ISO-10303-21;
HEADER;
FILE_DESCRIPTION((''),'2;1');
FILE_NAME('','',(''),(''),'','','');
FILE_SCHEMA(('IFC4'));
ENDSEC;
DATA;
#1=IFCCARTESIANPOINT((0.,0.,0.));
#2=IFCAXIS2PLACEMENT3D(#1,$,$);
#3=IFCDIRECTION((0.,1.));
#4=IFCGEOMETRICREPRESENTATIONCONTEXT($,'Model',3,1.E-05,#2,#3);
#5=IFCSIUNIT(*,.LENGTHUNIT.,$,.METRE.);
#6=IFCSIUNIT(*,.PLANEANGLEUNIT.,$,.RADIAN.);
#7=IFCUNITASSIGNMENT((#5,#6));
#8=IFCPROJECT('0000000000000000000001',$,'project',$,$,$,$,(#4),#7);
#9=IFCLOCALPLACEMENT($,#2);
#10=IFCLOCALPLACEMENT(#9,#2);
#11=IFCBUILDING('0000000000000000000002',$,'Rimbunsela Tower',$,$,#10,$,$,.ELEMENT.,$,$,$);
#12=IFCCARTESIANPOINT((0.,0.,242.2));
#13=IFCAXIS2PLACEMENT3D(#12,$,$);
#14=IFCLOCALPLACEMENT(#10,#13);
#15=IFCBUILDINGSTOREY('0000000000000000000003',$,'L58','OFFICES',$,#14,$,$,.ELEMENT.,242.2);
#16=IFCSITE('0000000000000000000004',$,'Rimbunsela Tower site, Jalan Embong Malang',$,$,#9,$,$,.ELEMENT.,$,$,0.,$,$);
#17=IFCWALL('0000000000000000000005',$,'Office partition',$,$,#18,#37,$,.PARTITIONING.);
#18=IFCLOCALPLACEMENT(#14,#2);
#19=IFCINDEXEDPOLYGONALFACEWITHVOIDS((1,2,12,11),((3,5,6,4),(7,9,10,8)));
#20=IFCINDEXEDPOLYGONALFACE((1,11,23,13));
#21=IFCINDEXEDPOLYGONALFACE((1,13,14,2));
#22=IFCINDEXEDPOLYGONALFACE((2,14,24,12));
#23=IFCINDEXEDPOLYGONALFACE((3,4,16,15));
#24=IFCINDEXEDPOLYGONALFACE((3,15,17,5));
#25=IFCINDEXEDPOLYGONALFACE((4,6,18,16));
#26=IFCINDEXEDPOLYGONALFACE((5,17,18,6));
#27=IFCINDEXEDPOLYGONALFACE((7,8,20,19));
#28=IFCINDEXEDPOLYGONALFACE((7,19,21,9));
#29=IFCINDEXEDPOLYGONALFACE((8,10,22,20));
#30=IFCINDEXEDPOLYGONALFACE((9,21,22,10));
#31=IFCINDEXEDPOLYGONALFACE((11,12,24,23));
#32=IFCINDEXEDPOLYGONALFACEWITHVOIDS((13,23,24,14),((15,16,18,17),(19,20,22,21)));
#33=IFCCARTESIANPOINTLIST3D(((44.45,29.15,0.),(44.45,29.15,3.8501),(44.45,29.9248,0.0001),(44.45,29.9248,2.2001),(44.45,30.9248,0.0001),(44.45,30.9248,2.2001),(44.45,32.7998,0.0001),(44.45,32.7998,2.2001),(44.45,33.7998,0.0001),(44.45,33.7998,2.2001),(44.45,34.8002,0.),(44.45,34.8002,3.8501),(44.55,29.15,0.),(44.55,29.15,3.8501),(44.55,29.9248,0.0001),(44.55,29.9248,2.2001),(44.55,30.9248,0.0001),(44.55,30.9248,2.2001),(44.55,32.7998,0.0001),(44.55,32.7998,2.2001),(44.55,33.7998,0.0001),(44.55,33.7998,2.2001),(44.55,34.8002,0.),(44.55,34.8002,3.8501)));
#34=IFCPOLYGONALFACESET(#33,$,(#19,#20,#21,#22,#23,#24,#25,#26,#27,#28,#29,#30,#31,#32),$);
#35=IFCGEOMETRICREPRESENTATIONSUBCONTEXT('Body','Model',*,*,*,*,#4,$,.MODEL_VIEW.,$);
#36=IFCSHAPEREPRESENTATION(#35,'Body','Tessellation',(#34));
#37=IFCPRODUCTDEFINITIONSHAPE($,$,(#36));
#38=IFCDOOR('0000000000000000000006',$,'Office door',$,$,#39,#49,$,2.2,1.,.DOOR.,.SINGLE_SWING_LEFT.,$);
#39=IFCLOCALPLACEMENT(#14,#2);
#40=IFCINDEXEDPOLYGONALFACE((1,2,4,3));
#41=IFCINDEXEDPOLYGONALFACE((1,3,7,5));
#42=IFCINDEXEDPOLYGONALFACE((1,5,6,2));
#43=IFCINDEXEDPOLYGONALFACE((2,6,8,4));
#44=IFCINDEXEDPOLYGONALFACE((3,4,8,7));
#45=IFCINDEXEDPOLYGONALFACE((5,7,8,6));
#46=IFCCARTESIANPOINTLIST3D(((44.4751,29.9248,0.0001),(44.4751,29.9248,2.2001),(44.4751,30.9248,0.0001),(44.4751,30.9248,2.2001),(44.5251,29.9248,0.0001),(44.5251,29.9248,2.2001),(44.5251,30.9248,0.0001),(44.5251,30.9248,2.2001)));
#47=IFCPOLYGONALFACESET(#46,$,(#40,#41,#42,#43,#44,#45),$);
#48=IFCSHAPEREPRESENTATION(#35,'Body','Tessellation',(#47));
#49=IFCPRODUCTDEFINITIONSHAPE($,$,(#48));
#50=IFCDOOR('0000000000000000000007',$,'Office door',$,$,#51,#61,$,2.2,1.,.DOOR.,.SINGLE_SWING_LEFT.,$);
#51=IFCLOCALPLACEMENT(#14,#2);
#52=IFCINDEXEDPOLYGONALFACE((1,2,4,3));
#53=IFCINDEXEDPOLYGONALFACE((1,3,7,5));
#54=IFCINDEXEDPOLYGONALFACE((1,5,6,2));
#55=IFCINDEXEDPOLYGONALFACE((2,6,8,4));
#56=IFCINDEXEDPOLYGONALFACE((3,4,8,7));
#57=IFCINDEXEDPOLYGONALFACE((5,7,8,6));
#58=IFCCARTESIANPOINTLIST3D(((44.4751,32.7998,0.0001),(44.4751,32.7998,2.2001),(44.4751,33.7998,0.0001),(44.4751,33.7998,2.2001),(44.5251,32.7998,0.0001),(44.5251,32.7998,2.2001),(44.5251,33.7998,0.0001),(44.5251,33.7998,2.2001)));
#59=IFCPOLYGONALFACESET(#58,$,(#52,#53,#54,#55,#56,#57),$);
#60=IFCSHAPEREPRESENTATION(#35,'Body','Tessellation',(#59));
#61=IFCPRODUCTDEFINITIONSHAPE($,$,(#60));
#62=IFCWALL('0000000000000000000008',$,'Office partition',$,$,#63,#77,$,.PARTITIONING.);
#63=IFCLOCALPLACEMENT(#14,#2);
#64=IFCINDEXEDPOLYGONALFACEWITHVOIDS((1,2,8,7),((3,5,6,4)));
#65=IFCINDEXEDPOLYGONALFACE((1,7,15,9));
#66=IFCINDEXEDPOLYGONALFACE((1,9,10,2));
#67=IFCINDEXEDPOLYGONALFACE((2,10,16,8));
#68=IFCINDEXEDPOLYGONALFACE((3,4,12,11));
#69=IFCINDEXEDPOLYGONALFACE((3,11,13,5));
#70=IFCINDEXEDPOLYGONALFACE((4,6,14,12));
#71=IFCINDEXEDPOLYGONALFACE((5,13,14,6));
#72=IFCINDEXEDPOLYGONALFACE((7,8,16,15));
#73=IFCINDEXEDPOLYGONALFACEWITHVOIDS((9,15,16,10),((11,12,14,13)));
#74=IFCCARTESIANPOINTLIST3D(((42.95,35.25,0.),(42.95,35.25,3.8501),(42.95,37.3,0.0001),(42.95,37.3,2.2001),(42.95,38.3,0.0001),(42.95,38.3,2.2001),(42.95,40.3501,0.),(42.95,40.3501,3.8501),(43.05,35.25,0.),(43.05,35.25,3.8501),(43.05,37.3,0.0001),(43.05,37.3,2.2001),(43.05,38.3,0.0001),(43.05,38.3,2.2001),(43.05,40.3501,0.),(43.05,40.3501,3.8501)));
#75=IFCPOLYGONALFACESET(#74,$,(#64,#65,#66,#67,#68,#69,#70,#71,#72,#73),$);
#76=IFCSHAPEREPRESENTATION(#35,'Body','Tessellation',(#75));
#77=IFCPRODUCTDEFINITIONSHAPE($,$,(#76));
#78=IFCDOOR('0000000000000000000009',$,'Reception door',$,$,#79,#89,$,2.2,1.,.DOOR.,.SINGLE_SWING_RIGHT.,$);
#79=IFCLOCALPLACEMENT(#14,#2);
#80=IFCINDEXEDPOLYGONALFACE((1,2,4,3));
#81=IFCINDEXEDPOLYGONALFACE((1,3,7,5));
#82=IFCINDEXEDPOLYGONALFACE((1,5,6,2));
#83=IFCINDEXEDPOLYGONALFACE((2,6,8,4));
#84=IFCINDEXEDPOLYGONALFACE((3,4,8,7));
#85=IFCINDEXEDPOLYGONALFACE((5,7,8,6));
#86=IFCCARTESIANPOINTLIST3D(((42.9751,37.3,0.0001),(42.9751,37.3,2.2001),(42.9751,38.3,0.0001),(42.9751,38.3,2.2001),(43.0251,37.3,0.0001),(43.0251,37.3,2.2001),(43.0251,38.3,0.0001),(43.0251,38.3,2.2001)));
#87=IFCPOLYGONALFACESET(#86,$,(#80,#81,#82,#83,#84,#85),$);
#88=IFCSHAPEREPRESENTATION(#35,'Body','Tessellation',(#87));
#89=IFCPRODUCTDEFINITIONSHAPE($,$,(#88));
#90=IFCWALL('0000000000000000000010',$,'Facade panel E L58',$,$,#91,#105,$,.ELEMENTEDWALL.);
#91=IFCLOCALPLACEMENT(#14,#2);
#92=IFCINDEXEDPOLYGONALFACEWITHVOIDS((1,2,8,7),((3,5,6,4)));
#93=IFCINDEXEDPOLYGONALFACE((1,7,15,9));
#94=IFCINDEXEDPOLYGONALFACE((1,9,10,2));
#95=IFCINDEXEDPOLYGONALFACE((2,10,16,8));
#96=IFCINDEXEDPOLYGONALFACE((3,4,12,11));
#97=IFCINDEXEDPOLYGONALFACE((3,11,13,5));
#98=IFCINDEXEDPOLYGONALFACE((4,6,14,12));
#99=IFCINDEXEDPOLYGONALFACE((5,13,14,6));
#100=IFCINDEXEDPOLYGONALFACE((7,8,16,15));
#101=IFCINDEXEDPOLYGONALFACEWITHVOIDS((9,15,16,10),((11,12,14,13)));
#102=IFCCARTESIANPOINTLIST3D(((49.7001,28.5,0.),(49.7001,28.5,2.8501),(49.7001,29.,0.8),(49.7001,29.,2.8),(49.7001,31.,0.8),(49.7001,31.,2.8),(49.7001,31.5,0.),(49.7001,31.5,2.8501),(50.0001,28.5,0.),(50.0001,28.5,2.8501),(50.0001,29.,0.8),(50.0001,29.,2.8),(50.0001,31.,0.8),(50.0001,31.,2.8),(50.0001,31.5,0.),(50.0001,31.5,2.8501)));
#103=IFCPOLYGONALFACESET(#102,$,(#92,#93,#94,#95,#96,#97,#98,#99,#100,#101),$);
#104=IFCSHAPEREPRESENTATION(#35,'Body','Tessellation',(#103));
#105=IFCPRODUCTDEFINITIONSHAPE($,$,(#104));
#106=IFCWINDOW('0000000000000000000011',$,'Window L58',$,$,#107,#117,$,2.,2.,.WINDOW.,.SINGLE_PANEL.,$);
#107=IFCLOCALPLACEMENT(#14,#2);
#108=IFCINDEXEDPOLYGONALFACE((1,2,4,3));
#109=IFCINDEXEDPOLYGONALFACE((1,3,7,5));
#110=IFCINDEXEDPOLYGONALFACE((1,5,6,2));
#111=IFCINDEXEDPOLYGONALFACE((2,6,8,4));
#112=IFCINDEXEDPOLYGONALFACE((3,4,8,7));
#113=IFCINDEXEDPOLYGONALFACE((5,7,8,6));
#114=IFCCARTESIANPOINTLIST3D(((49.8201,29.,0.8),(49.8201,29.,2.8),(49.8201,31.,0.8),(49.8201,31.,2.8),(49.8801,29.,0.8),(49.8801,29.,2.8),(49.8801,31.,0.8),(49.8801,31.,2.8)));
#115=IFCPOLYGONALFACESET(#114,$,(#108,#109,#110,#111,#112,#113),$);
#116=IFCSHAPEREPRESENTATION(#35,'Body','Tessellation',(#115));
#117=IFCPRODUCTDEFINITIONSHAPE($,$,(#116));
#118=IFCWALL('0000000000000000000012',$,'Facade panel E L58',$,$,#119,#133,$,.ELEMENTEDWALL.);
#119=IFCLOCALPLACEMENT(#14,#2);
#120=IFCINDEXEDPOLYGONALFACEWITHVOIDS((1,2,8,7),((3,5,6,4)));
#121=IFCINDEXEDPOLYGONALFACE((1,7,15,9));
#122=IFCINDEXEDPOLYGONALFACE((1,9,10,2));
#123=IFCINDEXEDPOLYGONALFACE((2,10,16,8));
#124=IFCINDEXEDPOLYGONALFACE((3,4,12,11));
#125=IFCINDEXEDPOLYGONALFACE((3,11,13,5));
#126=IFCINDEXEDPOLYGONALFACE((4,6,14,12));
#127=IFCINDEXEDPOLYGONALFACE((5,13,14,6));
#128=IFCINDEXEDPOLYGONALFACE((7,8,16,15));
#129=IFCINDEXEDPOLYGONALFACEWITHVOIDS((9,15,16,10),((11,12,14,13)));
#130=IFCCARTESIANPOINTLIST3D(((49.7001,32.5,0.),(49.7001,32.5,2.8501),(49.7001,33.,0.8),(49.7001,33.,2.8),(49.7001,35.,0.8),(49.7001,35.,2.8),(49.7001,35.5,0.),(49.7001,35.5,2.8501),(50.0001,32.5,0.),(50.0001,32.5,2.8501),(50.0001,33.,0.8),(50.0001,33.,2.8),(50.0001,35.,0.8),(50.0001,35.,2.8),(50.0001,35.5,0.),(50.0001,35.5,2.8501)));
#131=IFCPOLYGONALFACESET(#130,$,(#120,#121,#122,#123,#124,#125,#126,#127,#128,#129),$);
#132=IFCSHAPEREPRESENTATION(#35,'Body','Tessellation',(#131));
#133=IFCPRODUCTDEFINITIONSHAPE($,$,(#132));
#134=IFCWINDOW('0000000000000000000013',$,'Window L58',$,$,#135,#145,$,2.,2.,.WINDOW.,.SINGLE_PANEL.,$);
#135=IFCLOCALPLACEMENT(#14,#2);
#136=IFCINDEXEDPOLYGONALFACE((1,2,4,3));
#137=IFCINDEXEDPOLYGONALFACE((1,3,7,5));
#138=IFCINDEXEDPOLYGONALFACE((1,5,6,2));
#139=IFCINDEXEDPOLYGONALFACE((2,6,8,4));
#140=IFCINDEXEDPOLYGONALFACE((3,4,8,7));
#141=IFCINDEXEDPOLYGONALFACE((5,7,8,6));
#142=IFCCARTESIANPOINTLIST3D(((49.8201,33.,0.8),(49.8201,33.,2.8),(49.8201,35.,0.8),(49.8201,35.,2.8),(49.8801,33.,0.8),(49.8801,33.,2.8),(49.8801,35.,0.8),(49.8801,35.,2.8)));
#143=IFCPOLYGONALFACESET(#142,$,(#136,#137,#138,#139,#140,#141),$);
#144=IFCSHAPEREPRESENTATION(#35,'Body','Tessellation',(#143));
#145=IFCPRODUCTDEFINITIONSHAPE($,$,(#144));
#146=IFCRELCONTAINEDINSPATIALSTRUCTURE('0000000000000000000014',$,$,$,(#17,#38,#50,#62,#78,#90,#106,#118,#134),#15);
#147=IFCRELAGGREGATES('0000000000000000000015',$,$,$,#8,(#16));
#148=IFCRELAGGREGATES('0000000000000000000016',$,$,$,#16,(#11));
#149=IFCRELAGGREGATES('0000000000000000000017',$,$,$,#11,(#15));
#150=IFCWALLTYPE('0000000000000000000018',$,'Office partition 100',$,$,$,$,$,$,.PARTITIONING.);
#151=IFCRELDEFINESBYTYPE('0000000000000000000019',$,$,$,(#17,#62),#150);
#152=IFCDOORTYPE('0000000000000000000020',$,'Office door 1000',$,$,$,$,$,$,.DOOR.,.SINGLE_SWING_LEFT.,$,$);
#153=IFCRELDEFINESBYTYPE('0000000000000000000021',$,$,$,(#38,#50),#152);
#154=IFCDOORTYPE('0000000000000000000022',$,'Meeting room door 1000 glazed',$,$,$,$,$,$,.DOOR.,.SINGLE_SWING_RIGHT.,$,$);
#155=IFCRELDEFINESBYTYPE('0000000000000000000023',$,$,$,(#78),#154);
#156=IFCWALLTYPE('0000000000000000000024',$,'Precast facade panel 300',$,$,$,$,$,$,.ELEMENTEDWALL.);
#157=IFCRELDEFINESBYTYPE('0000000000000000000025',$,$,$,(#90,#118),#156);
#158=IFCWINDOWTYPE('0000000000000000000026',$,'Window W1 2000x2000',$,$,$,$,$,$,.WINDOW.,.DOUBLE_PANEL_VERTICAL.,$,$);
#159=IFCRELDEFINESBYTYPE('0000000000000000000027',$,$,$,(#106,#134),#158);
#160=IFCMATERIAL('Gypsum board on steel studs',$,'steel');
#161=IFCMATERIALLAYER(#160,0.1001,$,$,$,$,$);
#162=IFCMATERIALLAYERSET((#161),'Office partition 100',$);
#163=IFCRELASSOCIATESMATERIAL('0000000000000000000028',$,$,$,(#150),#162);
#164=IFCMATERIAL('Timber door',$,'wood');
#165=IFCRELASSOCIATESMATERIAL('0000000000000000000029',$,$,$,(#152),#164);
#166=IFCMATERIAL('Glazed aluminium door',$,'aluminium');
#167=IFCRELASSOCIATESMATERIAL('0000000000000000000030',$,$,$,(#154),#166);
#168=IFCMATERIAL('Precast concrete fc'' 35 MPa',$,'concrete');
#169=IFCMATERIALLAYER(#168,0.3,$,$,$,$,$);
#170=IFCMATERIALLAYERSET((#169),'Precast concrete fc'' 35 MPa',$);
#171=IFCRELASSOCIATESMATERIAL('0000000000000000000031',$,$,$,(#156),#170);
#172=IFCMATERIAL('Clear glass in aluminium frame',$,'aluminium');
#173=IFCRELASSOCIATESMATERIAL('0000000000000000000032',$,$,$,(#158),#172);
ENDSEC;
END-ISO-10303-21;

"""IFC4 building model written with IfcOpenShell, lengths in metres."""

from ifc_helpers import new_model, si_unit, direction, frame, frame_2d, origin, place, context, subcontext, project, spatial, rectangle, extrude, material, layer, layer_set, type_object, element, fill, save


model = new_model("IFC4")

# Units and contexts
model_context = context("Model", 3, precision=1e-05, world=origin(), true_north=direction((0.0, 1.0)))
body_context = subcontext(model_context, "Body", "Model", "MODEL_VIEW")
ifc_project = project(units=[si_unit("LENGTHUNIT", "METRE"), si_unit("PLANEANGLEUNIT", "RADIAN")], contexts=[model_context])

# Site, building, storey
site_placement = place(None, origin())
site = spatial("IfcSite", under=ifc_project, at=site_placement, Name="Rimbunsela Tower site, Jalan Embong Malang", CompositionType="ELEMENT", RefElevation=0.0)
building_placement = place(site_placement, origin())
building = spatial("IfcBuilding", under=site, at=building_placement, Name="Rimbunsela Tower", CompositionType="ELEMENT")
storey_placement = place(building_placement, frame((0.0, 0.0, 242.2)))
storey = spatial("IfcBuildingStorey", under=building, at=storey_placement, Name="L58", Description="OFFICES", CompositionType="ELEMENT", Elevation=242.2)

# Wall, openings, doors
ifc_material_1 = material(Name="Gypsum board on steel studs", Category="steel")
ifc_layer_1 = layer(ifc_material_1, 0.1001)
ifc_layer_set_1 = layer_set([ifc_layer_1], Name="Office partition 100")
wall_type_1 = type_object("IfcWallType", Name="Office partition 100", PredefinedType="PARTITIONING", material=ifc_layer_set_1)
wall_1_placement = place(storey_placement, frame((44.5, 29.1499, 0.0), z_axis=(0.0, 0.0, 1.0), x_axis=(0.0, 1.0, 0.0)))
wall_1 = element("IfcWall", 1, at=wall_1_placement, inside=storey, type_object=wall_type_1, Name="Office partition", PredefinedType="PARTITIONING", context=body_context, shape_type="SweptSolid", body=[
    extrude(rectangle(XDim=5.6501, YDim=0.1001, at=frame_2d((2.8252, 0.0))), origin(), (0.0, 0.0, 1.0), 3.8501),
])
opening_1_placement = place(wall_1_placement, frame((0.7749, 0.0, 0.0)))
opening_1 = element("IfcOpeningElement", 2, at=opening_1_placement, cuts=wall_1, PredefinedType="OPENING", context=body_context, shape_type="SweptSolid", body=[
    extrude(rectangle(XDim=1.0, YDim=2.2, at=frame_2d((0.5, 1.1001))), frame((0.0, 0.0601, 0.0), z_axis=(0.0, -1.0, 0.0), x_axis=(1.0, 0.0, 0.0)), (0.0, 0.0, 1.0), 0.1201),
])
opening_2_placement = place(wall_1_placement, frame((3.6499, 0.0, 0.0)))
opening_2 = element("IfcOpeningElement", 3, at=opening_2_placement, cuts=wall_1, PredefinedType="OPENING", context=body_context, shape_type="SweptSolid", body=[
    extrude(rectangle(XDim=1.0, YDim=2.2, at=frame_2d((0.5, 1.1001))), frame((0.0, 0.0601, 0.0), z_axis=(0.0, -1.0, 0.0), x_axis=(1.0, 0.0, 0.0)), (0.0, 0.0, 1.0), 0.1201),
])
ifc_material_2 = material(Name="Timber door", Category="wood")
door_type_1 = type_object("IfcDoorType", Name="Office door 1000", OperationType="SINGLE_SWING_LEFT", PredefinedType="DOOR", material=ifc_material_2)
door_1_placement = place(opening_1_placement, origin())
door_1 = element("IfcDoor", 4, at=door_1_placement, inside=storey, type_object=door_type_1, Name="Office door", OperationType="SINGLE_SWING_LEFT", OverallHeight=2.2, OverallWidth=1.0, PredefinedType="DOOR", context=body_context, shape_type="SweptSolid", body=[
    extrude(rectangle(XDim=1.0, YDim=2.2, at=frame_2d((0.5, 1.1001))), frame((0.0, 0.0249, 0.0), z_axis=(0.0, -1.0, 0.0), x_axis=(1.0, 0.0, 0.0)), (0.0, 0.0, 1.0), 0.05),
])
fill(opening_1, door_1)
door_2_placement = place(opening_2_placement, origin())
door_2 = element("IfcDoor", 5, at=door_2_placement, inside=storey, type_object=door_type_1, Name="Office door", OperationType="SINGLE_SWING_LEFT", OverallHeight=2.2, OverallWidth=1.0, PredefinedType="DOOR", context=body_context, shape_type="SweptSolid", body=[
    extrude(rectangle(XDim=1.0, YDim=2.2, at=frame_2d((0.5, 1.1001))), frame((0.0, 0.0249, 0.0), z_axis=(0.0, -1.0, 0.0), x_axis=(1.0, 0.0, 0.0)), (0.0, 0.0, 1.0), 0.05),
])
fill(opening_2, door_2)

# Wall, opening, door
wall_2_placement = place(storey_placement, frame((43.0, 35.25, 0.0), z_axis=(0.0, 0.0, 1.0), x_axis=(0.0, 1.0, 0.0)))
wall_2 = element("IfcWall", 6, at=wall_2_placement, inside=storey, type_object=wall_type_1, Name="Office partition", PredefinedType="PARTITIONING", context=body_context, shape_type="SweptSolid", body=[
    extrude(rectangle(XDim=5.1001, YDim=0.1001, at=frame_2d((2.55, 0.0))), origin(), (0.0, 0.0, 1.0), 3.8501),
])
opening_3_placement = place(wall_2_placement, frame((2.05, 0.0, 0.0)))
opening_3 = element("IfcOpeningElement", 7, at=opening_3_placement, cuts=wall_2, PredefinedType="OPENING", context=body_context, shape_type="SweptSolid", body=[
    extrude(rectangle(XDim=1.0, YDim=2.2, at=frame_2d((0.5, 1.1001))), frame((0.0, 0.0601, 0.0), z_axis=(0.0, -1.0, 0.0), x_axis=(1.0, 0.0, 0.0)), (0.0, 0.0, 1.0), 0.1201),
])
ifc_material_3 = material(Name="Glazed aluminium door", Category="aluminium")
door_type_2 = type_object("IfcDoorType", Name="Meeting room door 1000 glazed", OperationType="SINGLE_SWING_RIGHT", PredefinedType="DOOR", material=ifc_material_3)
door_3_placement = place(opening_3_placement, origin())
door_3 = element("IfcDoor", 8, at=door_3_placement, inside=storey, type_object=door_type_2, Name="Reception door", OperationType="SINGLE_SWING_RIGHT", OverallHeight=2.2, OverallWidth=1.0, PredefinedType="DOOR", context=body_context, shape_type="SweptSolid", body=[
    extrude(rectangle(XDim=1.0, YDim=2.2, at=frame_2d((0.5, 1.1001))), frame((0.0, 0.0249, 0.0), z_axis=(0.0, -1.0, 0.0), x_axis=(1.0, 0.0, 0.0)), (0.0, 0.0, 1.0), 0.05),
])
fill(opening_3, door_3)

# Walls, openings, windows
ifc_material_4 = material(Name="Precast concrete fc' 35 MPa", Category="concrete")
ifc_layer_2 = layer(ifc_material_4, 0.3)
ifc_layer_set_2 = layer_set([ifc_layer_2], Name="Precast concrete fc' 35 MPa")
wall_type_2 = type_object("IfcWallType", Name="Precast facade panel 300", PredefinedType="ELEMENTEDWALL", material=ifc_layer_set_2)
wall_3_placement = place(storey_placement, frame((49.8501, 28.5, 0.0), z_axis=(0.0, 0.0, 1.0), x_axis=(0.0, 1.0, 0.0)))
wall_3 = element("IfcWall", 9, at=wall_3_placement, inside=storey, type_object=wall_type_2, Name="Facade panel E L58", PredefinedType="ELEMENTEDWALL", context=body_context, shape_type="SweptSolid", body=[
    extrude(rectangle(XDim=3.0, YDim=0.3, at=frame_2d((1.5, 0.0))), origin(), (0.0, 0.0, 1.0), 2.8501),
])
opening_4_placement = place(wall_3_placement, frame((0.5, 0.0, 0.8)))
opening_4 = element("IfcOpeningElement", 10, at=opening_4_placement, cuts=wall_3, PredefinedType="OPENING", context=body_context, shape_type="SweptSolid", body=[
    extrude(rectangle(XDim=2.0, YDim=2.0, at=frame_2d((1.0, 1.0))), frame((0.0, 0.1599, 0.0), z_axis=(0.0, -1.0, 0.0), x_axis=(1.0, 0.0, 0.0)), (0.0, 0.0, 1.0), 0.3201),
])
ifc_material_5 = material(Name="Clear glass in aluminium frame", Category="aluminium")
window_type = type_object("IfcWindowType", Name="Window W1 2000x2000", PartitioningType="DOUBLE_PANEL_VERTICAL", PredefinedType="WINDOW", material=ifc_material_5)
window_1_placement = place(opening_4_placement, origin())
window_1 = element("IfcWindow", 11, at=window_1_placement, inside=storey, type_object=window_type, Name="Window L58", OverallHeight=2.0, OverallWidth=2.0, PartitioningType="SINGLE_PANEL", PredefinedType="WINDOW", context=body_context, shape_type="SweptSolid", body=[
    extrude(rectangle(XDim=2.0, YDim=2.0, at=frame_2d((1.0, 1.0))), frame((0.0, 0.03, 0.0), z_axis=(0.0, -1.0, 0.0), x_axis=(1.0, 0.0, 0.0)), (0.0, 0.0, 1.0), 0.0601),
])
fill(opening_4, window_1)
wall_4_placement = place(storey_placement, frame((49.8501, 32.5, 0.0), z_axis=(0.0, 0.0, 1.0), x_axis=(0.0, 1.0, 0.0)))
wall_4 = element("IfcWall", 12, at=wall_4_placement, inside=storey, type_object=wall_type_2, Name="Facade panel E L58", PredefinedType="ELEMENTEDWALL", context=body_context, shape_type="SweptSolid", body=[
    extrude(rectangle(XDim=3.0, YDim=0.3, at=frame_2d((1.5, 0.0))), origin(), (0.0, 0.0, 1.0), 2.8501),
])
opening_5_placement = place(wall_4_placement, frame((0.5, 0.0, 0.8)))
opening_5 = element("IfcOpeningElement", 13, at=opening_5_placement, cuts=wall_4, PredefinedType="OPENING", context=body_context, shape_type="SweptSolid", body=[
    extrude(rectangle(XDim=2.0, YDim=2.0, at=frame_2d((1.0, 1.0))), frame((0.0, 0.1599, 0.0), z_axis=(0.0, -1.0, 0.0), x_axis=(1.0, 0.0, 0.0)), (0.0, 0.0, 1.0), 0.3201),
])
window_2_placement = place(opening_5_placement, origin())
window_2 = element("IfcWindow", 14, at=window_2_placement, inside=storey, type_object=window_type, Name="Window L58", OverallHeight=2.0, OverallWidth=2.0, PartitioningType="SINGLE_PANEL", PredefinedType="WINDOW", context=body_context, shape_type="SweptSolid", body=[
    extrude(rectangle(XDim=2.0, YDim=2.0, at=frame_2d((1.0, 1.0))), frame((0.0, 0.03, 0.0), z_axis=(0.0, -1.0, 0.0), x_axis=(1.0, 0.0, 0.0)), (0.0, 0.0, 1.0), 0.0601),
])
fill(opening_5, window_2)

save(model, "model.ifc")
